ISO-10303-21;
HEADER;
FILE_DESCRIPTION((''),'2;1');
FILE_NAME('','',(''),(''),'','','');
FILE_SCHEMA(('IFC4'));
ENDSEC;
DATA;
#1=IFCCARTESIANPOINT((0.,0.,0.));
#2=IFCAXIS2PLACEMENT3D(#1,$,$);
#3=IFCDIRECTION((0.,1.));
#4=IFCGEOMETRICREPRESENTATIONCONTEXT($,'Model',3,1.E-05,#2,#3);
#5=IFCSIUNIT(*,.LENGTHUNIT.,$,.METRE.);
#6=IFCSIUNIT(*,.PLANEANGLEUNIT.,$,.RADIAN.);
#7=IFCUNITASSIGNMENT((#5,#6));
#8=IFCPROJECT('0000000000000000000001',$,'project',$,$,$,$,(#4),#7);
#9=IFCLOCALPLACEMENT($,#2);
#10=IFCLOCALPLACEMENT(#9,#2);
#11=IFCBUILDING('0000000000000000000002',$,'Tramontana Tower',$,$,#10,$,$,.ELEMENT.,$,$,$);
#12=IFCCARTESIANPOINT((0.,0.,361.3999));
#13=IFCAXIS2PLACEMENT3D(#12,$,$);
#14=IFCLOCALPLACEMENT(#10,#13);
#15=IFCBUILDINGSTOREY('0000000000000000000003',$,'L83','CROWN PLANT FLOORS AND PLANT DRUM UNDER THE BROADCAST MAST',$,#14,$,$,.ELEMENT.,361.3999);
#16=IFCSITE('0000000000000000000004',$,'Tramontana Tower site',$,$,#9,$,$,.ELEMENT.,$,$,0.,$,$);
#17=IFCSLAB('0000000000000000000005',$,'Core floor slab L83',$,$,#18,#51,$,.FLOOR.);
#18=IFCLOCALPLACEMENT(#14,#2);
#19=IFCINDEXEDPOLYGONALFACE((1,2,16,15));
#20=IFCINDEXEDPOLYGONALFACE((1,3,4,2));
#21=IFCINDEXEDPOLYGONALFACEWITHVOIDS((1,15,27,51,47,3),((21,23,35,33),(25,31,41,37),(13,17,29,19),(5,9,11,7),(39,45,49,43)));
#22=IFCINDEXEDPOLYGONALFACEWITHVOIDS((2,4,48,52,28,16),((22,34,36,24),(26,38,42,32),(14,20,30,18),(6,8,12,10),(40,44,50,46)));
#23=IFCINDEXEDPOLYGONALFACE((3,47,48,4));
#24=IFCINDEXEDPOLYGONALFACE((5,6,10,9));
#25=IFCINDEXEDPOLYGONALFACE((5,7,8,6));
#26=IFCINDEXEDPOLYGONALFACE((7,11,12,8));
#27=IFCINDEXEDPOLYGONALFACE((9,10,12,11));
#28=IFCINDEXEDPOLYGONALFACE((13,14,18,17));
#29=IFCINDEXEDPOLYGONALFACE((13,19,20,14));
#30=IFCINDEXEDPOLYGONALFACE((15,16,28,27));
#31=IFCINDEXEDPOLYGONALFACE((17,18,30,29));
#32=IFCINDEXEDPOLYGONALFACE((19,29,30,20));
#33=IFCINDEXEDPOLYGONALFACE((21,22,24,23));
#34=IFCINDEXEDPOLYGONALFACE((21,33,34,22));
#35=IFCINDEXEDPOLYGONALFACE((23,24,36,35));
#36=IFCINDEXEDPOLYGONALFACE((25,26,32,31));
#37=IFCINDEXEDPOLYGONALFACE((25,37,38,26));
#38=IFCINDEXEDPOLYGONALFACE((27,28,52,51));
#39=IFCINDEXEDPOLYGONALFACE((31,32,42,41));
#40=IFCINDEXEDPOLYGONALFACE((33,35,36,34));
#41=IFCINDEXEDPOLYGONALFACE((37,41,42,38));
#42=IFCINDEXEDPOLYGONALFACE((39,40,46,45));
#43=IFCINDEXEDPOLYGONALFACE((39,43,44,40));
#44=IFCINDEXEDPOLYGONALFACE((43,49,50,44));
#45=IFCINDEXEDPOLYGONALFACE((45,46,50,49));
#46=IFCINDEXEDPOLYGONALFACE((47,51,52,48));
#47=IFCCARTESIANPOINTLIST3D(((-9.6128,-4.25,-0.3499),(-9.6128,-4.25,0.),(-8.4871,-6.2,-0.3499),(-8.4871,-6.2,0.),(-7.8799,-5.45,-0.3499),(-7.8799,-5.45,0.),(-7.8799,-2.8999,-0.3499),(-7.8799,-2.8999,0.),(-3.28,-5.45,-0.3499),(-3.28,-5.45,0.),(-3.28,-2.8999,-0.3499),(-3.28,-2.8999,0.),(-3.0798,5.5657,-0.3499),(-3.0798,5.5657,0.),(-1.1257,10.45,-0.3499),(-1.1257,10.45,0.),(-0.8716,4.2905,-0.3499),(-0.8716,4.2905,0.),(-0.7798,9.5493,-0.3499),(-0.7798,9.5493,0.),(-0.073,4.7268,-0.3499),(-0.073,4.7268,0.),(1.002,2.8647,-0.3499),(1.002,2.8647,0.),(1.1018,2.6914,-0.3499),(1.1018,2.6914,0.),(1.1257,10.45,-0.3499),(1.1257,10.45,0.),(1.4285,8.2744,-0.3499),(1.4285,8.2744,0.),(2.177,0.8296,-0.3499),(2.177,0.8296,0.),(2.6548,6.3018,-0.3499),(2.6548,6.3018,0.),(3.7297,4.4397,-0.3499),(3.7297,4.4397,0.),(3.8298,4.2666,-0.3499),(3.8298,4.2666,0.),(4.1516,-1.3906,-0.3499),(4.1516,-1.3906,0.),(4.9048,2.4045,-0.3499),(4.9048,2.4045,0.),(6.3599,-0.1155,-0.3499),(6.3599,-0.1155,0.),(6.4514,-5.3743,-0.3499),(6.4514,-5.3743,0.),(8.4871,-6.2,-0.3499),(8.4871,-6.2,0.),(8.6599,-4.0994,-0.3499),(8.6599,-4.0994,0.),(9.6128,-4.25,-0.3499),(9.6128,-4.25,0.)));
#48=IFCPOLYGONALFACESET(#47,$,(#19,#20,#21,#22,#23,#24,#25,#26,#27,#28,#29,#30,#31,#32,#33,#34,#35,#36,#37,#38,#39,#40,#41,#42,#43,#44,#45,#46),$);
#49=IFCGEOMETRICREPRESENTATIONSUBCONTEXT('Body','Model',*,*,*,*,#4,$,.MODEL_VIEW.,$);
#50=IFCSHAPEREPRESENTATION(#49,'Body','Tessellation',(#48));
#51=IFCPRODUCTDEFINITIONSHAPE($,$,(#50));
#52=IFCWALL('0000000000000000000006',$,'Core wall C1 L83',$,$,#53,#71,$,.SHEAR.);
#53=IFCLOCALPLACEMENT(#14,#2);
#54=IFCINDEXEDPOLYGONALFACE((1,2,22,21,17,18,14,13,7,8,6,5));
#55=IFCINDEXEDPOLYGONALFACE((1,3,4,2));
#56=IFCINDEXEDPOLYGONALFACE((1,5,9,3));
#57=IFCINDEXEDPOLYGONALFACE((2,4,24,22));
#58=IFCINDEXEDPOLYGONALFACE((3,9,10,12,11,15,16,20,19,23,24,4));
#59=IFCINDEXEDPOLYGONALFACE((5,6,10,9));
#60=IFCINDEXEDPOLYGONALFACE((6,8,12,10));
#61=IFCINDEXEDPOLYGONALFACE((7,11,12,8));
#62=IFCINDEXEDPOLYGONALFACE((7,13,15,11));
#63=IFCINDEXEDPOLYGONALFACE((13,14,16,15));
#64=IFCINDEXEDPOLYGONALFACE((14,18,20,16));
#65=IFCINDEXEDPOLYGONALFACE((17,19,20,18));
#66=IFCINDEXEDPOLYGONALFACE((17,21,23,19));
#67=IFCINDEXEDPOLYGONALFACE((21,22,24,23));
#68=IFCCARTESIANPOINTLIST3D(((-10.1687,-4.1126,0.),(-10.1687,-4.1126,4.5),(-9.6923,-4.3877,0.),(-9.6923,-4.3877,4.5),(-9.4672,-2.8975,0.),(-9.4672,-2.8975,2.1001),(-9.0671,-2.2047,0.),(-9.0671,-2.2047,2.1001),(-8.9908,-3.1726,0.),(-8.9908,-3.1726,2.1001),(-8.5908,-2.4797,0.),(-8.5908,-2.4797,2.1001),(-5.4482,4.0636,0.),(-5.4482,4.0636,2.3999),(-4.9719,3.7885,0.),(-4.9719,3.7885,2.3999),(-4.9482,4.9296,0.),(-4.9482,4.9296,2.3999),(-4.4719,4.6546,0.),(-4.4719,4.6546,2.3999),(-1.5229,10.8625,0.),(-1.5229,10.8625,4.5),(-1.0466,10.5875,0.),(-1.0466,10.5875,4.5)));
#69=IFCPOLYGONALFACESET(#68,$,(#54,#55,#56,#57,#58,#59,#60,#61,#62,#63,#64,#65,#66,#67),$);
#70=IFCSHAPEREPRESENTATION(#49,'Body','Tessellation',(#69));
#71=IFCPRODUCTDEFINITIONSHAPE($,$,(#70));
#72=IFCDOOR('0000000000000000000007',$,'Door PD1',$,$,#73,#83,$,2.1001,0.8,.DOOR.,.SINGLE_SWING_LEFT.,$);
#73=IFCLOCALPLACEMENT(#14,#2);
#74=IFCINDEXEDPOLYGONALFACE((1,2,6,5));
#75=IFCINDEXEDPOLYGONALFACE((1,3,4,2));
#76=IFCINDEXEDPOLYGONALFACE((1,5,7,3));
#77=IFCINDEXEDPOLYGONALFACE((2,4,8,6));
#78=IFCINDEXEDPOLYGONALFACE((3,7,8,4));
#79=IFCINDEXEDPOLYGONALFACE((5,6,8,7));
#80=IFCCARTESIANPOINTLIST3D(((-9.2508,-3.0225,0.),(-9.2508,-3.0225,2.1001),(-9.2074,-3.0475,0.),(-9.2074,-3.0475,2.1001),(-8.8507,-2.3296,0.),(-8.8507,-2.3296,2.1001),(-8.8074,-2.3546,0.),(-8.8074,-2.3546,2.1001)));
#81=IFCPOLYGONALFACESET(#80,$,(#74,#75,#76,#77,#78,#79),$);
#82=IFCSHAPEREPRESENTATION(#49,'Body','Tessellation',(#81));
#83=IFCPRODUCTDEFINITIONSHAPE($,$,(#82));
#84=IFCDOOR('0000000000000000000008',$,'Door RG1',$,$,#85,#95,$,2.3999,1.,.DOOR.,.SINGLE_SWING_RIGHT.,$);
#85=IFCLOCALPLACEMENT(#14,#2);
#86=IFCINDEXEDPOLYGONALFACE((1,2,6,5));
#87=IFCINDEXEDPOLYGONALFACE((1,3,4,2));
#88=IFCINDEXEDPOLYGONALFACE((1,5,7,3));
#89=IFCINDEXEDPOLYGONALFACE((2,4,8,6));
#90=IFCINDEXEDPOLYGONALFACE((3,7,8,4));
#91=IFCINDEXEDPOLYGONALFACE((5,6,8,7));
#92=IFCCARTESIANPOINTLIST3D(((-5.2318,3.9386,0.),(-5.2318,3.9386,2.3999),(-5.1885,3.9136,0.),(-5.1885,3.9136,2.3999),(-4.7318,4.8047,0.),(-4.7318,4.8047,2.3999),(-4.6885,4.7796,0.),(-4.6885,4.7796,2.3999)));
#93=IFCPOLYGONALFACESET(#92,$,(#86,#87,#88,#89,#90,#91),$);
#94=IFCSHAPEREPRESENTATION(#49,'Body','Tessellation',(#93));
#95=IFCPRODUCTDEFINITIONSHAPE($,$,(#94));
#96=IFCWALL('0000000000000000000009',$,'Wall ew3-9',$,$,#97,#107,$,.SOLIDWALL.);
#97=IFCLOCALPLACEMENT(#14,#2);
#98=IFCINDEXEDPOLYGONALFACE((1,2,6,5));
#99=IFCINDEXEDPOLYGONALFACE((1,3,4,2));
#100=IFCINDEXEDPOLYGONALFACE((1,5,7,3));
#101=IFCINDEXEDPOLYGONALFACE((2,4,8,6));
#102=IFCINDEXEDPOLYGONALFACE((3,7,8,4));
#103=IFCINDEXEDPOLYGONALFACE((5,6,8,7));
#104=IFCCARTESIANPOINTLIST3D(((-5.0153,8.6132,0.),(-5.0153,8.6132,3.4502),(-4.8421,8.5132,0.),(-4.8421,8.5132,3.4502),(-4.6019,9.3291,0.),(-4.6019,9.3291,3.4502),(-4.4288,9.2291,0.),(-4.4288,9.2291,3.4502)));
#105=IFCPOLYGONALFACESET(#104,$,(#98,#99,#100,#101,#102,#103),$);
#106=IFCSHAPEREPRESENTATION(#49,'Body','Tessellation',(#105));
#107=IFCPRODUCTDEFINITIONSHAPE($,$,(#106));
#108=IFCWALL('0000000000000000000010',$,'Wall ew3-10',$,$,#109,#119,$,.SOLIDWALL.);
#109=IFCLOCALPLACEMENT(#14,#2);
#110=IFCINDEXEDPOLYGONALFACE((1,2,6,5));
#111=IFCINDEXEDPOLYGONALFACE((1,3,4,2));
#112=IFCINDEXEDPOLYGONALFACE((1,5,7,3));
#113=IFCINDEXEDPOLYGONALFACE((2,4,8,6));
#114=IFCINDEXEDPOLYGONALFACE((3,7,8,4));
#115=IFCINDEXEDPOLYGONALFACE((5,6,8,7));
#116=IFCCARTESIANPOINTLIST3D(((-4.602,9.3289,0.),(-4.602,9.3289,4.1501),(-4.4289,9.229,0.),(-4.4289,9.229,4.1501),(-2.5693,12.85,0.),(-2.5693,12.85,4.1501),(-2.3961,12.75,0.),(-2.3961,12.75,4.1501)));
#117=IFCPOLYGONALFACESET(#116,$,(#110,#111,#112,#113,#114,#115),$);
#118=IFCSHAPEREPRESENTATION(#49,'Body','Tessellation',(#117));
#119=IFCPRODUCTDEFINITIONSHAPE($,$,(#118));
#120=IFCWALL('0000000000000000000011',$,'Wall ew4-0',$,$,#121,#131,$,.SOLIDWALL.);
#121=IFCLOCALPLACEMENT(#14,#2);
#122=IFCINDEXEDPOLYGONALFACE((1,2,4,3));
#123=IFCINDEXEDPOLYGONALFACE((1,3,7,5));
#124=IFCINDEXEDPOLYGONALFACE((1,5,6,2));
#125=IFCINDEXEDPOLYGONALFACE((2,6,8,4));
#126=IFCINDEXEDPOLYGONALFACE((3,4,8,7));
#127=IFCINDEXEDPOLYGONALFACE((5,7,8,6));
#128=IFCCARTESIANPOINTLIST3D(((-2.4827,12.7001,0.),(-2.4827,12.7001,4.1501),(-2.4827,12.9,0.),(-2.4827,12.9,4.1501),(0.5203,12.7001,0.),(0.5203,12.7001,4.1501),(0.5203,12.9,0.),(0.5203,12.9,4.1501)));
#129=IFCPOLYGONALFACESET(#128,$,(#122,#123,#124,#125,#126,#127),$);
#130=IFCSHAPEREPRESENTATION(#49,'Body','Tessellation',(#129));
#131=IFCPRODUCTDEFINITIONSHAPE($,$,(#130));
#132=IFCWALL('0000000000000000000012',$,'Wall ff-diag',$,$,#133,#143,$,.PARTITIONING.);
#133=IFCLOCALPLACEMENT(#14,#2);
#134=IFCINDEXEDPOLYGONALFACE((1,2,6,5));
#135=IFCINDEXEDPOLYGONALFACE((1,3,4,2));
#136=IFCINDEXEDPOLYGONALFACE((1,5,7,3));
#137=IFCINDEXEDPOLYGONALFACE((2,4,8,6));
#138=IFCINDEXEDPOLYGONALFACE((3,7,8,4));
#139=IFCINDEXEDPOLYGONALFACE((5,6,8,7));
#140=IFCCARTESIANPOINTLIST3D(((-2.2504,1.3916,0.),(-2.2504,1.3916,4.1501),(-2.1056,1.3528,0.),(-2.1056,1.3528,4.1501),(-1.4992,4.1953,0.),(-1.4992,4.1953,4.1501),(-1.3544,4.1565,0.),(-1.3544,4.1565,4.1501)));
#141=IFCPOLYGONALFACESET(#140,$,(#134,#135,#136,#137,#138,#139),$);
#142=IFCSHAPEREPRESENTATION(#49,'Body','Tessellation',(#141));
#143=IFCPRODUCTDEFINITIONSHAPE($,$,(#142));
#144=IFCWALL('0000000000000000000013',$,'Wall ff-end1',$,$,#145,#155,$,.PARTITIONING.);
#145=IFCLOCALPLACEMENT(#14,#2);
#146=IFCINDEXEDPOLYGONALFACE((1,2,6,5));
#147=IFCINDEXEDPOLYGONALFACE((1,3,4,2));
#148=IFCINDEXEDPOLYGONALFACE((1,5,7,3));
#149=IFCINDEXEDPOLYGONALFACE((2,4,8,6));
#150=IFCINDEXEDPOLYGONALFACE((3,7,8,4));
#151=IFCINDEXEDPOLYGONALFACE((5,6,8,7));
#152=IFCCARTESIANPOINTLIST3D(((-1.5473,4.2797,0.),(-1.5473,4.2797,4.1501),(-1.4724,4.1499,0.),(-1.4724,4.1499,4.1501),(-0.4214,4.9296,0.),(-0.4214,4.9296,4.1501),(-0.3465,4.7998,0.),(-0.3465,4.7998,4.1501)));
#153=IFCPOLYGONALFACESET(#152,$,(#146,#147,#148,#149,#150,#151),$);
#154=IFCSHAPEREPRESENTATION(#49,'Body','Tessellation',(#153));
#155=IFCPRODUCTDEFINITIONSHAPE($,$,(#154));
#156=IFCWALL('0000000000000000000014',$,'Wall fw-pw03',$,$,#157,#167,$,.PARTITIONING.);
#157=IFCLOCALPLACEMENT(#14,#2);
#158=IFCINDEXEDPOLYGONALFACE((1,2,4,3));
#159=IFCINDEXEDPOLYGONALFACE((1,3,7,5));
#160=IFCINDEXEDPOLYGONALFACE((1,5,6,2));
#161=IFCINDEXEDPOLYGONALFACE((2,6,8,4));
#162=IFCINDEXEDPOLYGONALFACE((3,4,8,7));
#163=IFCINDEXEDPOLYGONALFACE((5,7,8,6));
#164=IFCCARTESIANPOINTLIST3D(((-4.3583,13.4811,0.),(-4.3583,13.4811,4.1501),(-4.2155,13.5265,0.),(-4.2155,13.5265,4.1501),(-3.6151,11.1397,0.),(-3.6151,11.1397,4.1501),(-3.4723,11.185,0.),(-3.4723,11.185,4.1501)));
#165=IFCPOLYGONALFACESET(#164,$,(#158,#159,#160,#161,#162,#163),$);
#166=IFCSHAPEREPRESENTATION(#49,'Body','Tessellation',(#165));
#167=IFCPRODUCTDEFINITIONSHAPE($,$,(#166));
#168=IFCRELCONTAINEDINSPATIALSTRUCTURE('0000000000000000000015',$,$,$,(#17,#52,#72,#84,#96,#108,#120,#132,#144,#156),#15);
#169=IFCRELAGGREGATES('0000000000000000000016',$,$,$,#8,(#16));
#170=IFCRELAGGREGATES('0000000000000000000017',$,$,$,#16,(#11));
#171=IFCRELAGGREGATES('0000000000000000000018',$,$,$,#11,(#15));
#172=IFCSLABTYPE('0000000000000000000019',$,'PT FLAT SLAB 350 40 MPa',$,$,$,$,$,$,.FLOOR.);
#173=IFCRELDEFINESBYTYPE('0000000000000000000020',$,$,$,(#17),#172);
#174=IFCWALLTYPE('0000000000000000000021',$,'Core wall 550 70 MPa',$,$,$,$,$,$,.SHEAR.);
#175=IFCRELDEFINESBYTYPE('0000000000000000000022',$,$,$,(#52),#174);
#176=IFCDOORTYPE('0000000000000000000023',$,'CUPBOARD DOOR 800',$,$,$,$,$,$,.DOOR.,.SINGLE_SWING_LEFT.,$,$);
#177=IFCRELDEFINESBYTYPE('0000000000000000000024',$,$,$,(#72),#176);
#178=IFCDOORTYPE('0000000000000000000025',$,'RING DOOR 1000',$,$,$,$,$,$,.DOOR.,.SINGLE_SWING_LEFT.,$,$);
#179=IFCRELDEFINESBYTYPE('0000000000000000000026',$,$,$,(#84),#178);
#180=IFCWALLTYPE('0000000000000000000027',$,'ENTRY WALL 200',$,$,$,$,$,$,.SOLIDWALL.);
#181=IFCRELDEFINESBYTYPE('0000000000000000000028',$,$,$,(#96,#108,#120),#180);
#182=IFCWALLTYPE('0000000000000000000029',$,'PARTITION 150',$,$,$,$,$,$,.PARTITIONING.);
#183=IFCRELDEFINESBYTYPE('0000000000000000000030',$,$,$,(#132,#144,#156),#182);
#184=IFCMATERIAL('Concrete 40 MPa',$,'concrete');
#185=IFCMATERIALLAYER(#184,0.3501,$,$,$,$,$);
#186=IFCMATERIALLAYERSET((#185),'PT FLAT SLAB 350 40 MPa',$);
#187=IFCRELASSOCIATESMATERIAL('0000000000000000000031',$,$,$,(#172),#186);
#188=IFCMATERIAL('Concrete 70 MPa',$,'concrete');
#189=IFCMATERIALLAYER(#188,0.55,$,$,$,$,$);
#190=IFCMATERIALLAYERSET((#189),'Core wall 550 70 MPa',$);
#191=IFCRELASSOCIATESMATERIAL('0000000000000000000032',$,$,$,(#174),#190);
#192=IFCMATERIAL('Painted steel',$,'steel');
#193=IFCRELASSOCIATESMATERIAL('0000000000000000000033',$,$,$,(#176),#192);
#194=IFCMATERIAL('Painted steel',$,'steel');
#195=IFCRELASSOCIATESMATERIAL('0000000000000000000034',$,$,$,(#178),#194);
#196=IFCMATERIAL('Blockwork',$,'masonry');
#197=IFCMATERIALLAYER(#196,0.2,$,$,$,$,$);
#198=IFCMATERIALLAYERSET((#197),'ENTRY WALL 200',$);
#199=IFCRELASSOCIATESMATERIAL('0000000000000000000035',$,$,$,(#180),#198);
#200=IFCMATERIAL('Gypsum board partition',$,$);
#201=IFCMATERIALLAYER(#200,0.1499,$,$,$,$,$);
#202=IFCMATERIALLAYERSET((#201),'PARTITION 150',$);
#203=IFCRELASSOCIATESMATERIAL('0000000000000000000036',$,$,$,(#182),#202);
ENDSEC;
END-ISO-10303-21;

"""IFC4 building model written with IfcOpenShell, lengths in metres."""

from ifc_helpers import new_model, si_unit, direction, frame, frame_2d, origin, place, context, subcontext, project, spatial, polyline, rectangle, outline, extrude, material, layer, layer_set, type_object, element, fill, save


model = new_model("IFC4")

# Units and contexts
model_context = context("Model", 3, precision=1e-05, world=origin(), true_north=direction((0.0, 1.0)))
body_context = subcontext(model_context, "Body", "Model", "MODEL_VIEW")
ifc_project = project(units=[si_unit("LENGTHUNIT", "METRE"), si_unit("PLANEANGLEUNIT", "RADIAN")], contexts=[model_context])

# Site, building, storey
site_placement = place(None, origin())
site = spatial("IfcSite", under=ifc_project, at=site_placement, Name="Tramontana Tower site", CompositionType="ELEMENT", RefElevation=0.0)
building_placement = place(site_placement, origin())
building = spatial("IfcBuilding", under=site, at=building_placement, Name="Tramontana Tower", CompositionType="ELEMENT")
storey_placement = place(building_placement, frame((0.0, 0.0, 361.3999)))
storey = spatial("IfcBuildingStorey", under=building, at=storey_placement, Name="L83", Description="CROWN PLANT FLOORS AND PLANT DRUM UNDER THE BROADCAST MAST", CompositionType="ELEMENT", Elevation=361.3999)

# Slab
ifc_material_1 = material(Name="Concrete 40 MPa", Category="concrete")
ifc_layer_1 = layer(ifc_material_1, 0.3501)
ifc_layer_set_1 = layer_set([ifc_layer_1], Name="PT FLAT SLAB 350 40 MPa")
slab_type = type_object("IfcSlabType", Name="PT FLAT SLAB 350 40 MPa", PredefinedType="FLOOR", material=ifc_layer_set_1)
slab_placement = place(storey_placement, frame((0.0, 0.0, -0.3499)))
element("IfcSlab", 1, at=slab_placement, inside=storey, type_object=slab_type, Name="Core floor slab L83", PredefinedType="FLOOR", context=body_context, shape_type="SweptSolid", body=[
    extrude(outline(polyline([(9.6128, -4.25), (8.4871, -6.2), (-8.4871, -6.2), (-9.6128, -4.25), (-1.1257, 10.45), (1.1257, 10.45), (9.6128, -4.25)]), holes=[polyline([(6.3599, -0.1155), (4.1516, -1.3906), (6.4514, -5.3743), (8.6599, -4.0994), (6.3599, -0.1155)]), polyline([(1.1018, 2.6914), (2.177, 0.8296), (4.9048, 2.4045), (3.8298, 4.2666), (1.1018, 2.6914)]), polyline([(2.6548, 6.3018), (-0.073, 4.7268), (1.002, 2.8647), (3.7297, 4.4397), (2.6548, 6.3018)]), polyline([(-0.7798, 9.5493), (-3.0798, 5.5657), (-0.8716, 4.2905), (1.4285, 8.2744), (-0.7798, 9.5493)]), polyline([(-3.28, -5.45), (-3.28, -2.8999), (-7.8799, -2.8999), (-7.8799, -5.45), (-3.28, -5.45)])]), origin(), (0.0, 0.0, 1.0), 0.3499),
])

# Wall, openings, doors
ifc_material_2 = material(Name="Concrete 70 MPa", Category="concrete")
ifc_layer_2 = layer(ifc_material_2, 0.55)
ifc_layer_set_2 = layer_set([ifc_layer_2], Name="Core wall 550 70 MPa")
wall_type_1 = type_object("IfcWallType", Name="Core wall 550 70 MPa", PredefinedType="SHEAR", material=ifc_layer_set_2)
wall_1_placement = place(storey_placement, frame((-1.2847, 10.7251, 0.0), z_axis=(0.0, 0.0, 1.0), x_axis=(-0.499995, -0.866029, 0.0)))
wall_1 = element("IfcWall", 2, at=wall_1_placement, inside=storey, type_object=wall_type_1, Name="Core wall C1 L83", PredefinedType="SHEAR", context=body_context, shape_type="SweptSolid", body=[
    extrude(rectangle(XDim=17.2917, YDim=0.55, at=frame_2d((8.646, 0.0))), origin(), (0.0, 0.0, 1.0), 4.5),
])
opening_1_placement = place(wall_1_placement, frame((6.8508, 0.0, 0.0)))
opening_1 = element("IfcOpeningElement", 3, at=opening_1_placement, cuts=wall_1, PredefinedType="OPENING", context=body_context, shape_type="SweptSolid", body=[
    extrude(rectangle(XDim=1.0, YDim=2.3999, at=frame_2d((0.5, 1.2))), frame((0.0, 0.2849, 0.0), z_axis=(0.0, -1.0, 0.0), x_axis=(1.0, 0.0, 0.0)), (0.0, 0.0, 1.0), 0.5701),
])
opening_2_placement = place(wall_1_placement, frame((15.0889, 0.0, 0.0)))
opening_2 = element("IfcOpeningElement", 4, at=opening_2_placement, cuts=wall_1, PredefinedType="OPENING", context=body_context, shape_type="SweptSolid", body=[
    extrude(rectangle(XDim=0.8, YDim=2.1001, at=frame_2d((0.3999, 1.05))), frame((0.0, 0.2849, 0.0), z_axis=(0.0, -1.0, 0.0), x_axis=(1.0, 0.0, 0.0)), (0.0, 0.0, 1.0), 0.5701),
])
ifc_material_3 = material(Name="Painted steel", Category="steel")
door_type_1 = type_object("IfcDoorType", Name="CUPBOARD DOOR 800", OperationType="SINGLE_SWING_LEFT", PredefinedType="DOOR", material=ifc_material_3)
door_1_placement = place(opening_2_placement, origin())
door_1 = element("IfcDoor", 5, at=door_1_placement, inside=storey, type_object=door_type_1, Name="Door PD1", OperationType="SINGLE_SWING_LEFT", OverallHeight=2.1001, OverallWidth=0.8, PredefinedType="DOOR", context=body_context, shape_type="SweptSolid", body=[
    extrude(rectangle(XDim=0.8, YDim=2.1001, at=frame_2d((0.3999, 1.05))), frame((0.0, 0.0249, 0.0), z_axis=(0.0, -1.0, 0.0), x_axis=(1.0, 0.0, 0.0)), (0.0, 0.0, 1.0), 0.05),
])
fill(opening_2, door_1)
ifc_material_4 = material(Name="Painted steel", Category="steel")
door_type_2 = type_object("IfcDoorType", Name="RING DOOR 1000", OperationType="SINGLE_SWING_LEFT", PredefinedType="DOOR", material=ifc_material_4)
door_2_placement = place(opening_1_placement, origin())
door_2 = element("IfcDoor", 6, at=door_2_placement, inside=storey, type_object=door_type_2, Name="Door RG1", OperationType="SINGLE_SWING_RIGHT", OverallHeight=2.3999, OverallWidth=1.0, PredefinedType="DOOR", context=body_context, shape_type="SweptSolid", body=[
    extrude(rectangle(XDim=1.0, YDim=2.3999, at=frame_2d((0.5, 1.2))), frame((0.0, 0.0249, 0.0), z_axis=(0.0, -1.0, 0.0), x_axis=(1.0, 0.0, 0.0)), (0.0, 0.0, 1.0), 0.05),
])
fill(opening_1, door_2)

# Shared definitions
ifc_material_5 = material(Name="Blockwork", Category="masonry")
ifc_layer_3 = layer(ifc_material_5, 0.2)
ifc_layer_set_3 = layer_set([ifc_layer_3], Name="ENTRY WALL 200")
wall_type_2 = type_object("IfcWallType", Name="ENTRY WALL 200", PredefinedType="SOLIDWALL", material=ifc_layer_set_3)

# Walls
wall_2_placement = place(storey_placement, frame((-4.9287, 8.5632, 0.0), z_axis=(0.0, 0.0, 1.0), x_axis=(0.500046, 0.865999, 0.0)))
element("IfcWall", 7, at=wall_2_placement, inside=storey, type_object=wall_type_2, Name="Wall ew3-9", PredefinedType="SOLIDWALL", context=body_context, shape_type="SweptSolid", body=[
    extrude(rectangle(XDim=0.8267, YDim=0.2, at=frame_2d((0.4133, 0.0))), origin(), (0.0, 0.0, 1.0), 3.4502),
])
wall_3_placement = place(storey_placement, frame((-4.5154, 9.2791, 0.0), z_axis=(0.0, 0.0, 1.0), x_axis=(0.499975, 0.86604, 0.0)))
element("IfcWall", 8, at=wall_3_placement, inside=storey, type_object=wall_type_2, Name="Wall ew3-10", PredefinedType="SOLIDWALL", context=body_context, shape_type="SweptSolid", body=[
    extrude(rectangle(XDim=4.0657, YDim=0.2, at=frame_2d((2.0327, 0.0))), origin(), (0.0, 0.0, 1.0), 4.1501),
])
wall_4_placement = place(storey_placement, frame((-2.4827, 12.8, 0.0), z_axis=(0.0, 0.0, 1.0), x_axis=(1.0, 0.0, 0.0)))
element("IfcWall", 9, at=wall_4_placement, inside=storey, type_object=wall_type_2, Name="Wall ew4-0", PredefinedType="SOLIDWALL", context=body_context, shape_type="SweptSolid", body=[
    extrude(rectangle(XDim=3.0029, YDim=0.2, at=frame_2d((1.5015, 0.0))), origin(), (0.0, 0.0, 1.0), 4.1501),
])
ifc_material_6 = material(Name="Gypsum board partition")
ifc_layer_4 = layer(ifc_material_6, 0.1499)
ifc_layer_set_4 = layer_set([ifc_layer_4], Name="PARTITION 150")
wall_type_3 = type_object("IfcWallType", Name="PARTITION 150", PredefinedType="PARTITIONING", material=ifc_layer_set_4)
wall_5_placement = place(storey_placement, frame((-2.178, 1.3723, 0.0), z_axis=(0.0, 0.0, 1.0), x_axis=(0.258809, 0.965929, 0.0)))
element("IfcWall", 10, at=wall_5_placement, inside=storey, type_object=wall_type_3, Name="Wall ff-diag", PredefinedType="PARTITIONING", context=body_context, shape_type="SweptSolid", body=[
    extrude(rectangle(XDim=2.9026, YDim=0.1499, at=frame_2d((1.4512, 0.0))), origin(), (0.0, 0.0, 1.0), 4.1501),
])
wall_6_placement = place(storey_placement, frame((-1.5098, 4.2148, 0.0), z_axis=(0.0, 0.0, 1.0), x_axis=(0.866086, 0.499896, 0.0)))
element("IfcWall", 11, at=wall_6_placement, inside=storey, type_object=wall_type_3, Name="Wall ff-end1", PredefinedType="PARTITIONING", context=body_context, shape_type="SweptSolid", body=[
    extrude(rectangle(XDim=1.3, YDim=0.1499, at=frame_2d((0.6499, 0.0))), origin(), (0.0, 0.0, 1.0), 4.1501),
])
wall_7_placement = place(storey_placement, frame((-3.5437, 11.1624, 0.0), z_axis=(0.0, 0.0, 1.0), x_axis=(-0.302539, 0.953137, 0.0)))
element("IfcWall", 12, at=wall_7_placement, inside=storey, type_object=wall_type_3, Name="Wall fw-pw03", PredefinedType="PARTITIONING", context=body_context, shape_type="SweptSolid", body=[
    extrude(rectangle(XDim=2.4565, YDim=0.1499, at=frame_2d((1.2283, 0.0))), origin(), (0.0, 0.0, 1.0), 4.1501),
])

save(model, "model.ifc")
